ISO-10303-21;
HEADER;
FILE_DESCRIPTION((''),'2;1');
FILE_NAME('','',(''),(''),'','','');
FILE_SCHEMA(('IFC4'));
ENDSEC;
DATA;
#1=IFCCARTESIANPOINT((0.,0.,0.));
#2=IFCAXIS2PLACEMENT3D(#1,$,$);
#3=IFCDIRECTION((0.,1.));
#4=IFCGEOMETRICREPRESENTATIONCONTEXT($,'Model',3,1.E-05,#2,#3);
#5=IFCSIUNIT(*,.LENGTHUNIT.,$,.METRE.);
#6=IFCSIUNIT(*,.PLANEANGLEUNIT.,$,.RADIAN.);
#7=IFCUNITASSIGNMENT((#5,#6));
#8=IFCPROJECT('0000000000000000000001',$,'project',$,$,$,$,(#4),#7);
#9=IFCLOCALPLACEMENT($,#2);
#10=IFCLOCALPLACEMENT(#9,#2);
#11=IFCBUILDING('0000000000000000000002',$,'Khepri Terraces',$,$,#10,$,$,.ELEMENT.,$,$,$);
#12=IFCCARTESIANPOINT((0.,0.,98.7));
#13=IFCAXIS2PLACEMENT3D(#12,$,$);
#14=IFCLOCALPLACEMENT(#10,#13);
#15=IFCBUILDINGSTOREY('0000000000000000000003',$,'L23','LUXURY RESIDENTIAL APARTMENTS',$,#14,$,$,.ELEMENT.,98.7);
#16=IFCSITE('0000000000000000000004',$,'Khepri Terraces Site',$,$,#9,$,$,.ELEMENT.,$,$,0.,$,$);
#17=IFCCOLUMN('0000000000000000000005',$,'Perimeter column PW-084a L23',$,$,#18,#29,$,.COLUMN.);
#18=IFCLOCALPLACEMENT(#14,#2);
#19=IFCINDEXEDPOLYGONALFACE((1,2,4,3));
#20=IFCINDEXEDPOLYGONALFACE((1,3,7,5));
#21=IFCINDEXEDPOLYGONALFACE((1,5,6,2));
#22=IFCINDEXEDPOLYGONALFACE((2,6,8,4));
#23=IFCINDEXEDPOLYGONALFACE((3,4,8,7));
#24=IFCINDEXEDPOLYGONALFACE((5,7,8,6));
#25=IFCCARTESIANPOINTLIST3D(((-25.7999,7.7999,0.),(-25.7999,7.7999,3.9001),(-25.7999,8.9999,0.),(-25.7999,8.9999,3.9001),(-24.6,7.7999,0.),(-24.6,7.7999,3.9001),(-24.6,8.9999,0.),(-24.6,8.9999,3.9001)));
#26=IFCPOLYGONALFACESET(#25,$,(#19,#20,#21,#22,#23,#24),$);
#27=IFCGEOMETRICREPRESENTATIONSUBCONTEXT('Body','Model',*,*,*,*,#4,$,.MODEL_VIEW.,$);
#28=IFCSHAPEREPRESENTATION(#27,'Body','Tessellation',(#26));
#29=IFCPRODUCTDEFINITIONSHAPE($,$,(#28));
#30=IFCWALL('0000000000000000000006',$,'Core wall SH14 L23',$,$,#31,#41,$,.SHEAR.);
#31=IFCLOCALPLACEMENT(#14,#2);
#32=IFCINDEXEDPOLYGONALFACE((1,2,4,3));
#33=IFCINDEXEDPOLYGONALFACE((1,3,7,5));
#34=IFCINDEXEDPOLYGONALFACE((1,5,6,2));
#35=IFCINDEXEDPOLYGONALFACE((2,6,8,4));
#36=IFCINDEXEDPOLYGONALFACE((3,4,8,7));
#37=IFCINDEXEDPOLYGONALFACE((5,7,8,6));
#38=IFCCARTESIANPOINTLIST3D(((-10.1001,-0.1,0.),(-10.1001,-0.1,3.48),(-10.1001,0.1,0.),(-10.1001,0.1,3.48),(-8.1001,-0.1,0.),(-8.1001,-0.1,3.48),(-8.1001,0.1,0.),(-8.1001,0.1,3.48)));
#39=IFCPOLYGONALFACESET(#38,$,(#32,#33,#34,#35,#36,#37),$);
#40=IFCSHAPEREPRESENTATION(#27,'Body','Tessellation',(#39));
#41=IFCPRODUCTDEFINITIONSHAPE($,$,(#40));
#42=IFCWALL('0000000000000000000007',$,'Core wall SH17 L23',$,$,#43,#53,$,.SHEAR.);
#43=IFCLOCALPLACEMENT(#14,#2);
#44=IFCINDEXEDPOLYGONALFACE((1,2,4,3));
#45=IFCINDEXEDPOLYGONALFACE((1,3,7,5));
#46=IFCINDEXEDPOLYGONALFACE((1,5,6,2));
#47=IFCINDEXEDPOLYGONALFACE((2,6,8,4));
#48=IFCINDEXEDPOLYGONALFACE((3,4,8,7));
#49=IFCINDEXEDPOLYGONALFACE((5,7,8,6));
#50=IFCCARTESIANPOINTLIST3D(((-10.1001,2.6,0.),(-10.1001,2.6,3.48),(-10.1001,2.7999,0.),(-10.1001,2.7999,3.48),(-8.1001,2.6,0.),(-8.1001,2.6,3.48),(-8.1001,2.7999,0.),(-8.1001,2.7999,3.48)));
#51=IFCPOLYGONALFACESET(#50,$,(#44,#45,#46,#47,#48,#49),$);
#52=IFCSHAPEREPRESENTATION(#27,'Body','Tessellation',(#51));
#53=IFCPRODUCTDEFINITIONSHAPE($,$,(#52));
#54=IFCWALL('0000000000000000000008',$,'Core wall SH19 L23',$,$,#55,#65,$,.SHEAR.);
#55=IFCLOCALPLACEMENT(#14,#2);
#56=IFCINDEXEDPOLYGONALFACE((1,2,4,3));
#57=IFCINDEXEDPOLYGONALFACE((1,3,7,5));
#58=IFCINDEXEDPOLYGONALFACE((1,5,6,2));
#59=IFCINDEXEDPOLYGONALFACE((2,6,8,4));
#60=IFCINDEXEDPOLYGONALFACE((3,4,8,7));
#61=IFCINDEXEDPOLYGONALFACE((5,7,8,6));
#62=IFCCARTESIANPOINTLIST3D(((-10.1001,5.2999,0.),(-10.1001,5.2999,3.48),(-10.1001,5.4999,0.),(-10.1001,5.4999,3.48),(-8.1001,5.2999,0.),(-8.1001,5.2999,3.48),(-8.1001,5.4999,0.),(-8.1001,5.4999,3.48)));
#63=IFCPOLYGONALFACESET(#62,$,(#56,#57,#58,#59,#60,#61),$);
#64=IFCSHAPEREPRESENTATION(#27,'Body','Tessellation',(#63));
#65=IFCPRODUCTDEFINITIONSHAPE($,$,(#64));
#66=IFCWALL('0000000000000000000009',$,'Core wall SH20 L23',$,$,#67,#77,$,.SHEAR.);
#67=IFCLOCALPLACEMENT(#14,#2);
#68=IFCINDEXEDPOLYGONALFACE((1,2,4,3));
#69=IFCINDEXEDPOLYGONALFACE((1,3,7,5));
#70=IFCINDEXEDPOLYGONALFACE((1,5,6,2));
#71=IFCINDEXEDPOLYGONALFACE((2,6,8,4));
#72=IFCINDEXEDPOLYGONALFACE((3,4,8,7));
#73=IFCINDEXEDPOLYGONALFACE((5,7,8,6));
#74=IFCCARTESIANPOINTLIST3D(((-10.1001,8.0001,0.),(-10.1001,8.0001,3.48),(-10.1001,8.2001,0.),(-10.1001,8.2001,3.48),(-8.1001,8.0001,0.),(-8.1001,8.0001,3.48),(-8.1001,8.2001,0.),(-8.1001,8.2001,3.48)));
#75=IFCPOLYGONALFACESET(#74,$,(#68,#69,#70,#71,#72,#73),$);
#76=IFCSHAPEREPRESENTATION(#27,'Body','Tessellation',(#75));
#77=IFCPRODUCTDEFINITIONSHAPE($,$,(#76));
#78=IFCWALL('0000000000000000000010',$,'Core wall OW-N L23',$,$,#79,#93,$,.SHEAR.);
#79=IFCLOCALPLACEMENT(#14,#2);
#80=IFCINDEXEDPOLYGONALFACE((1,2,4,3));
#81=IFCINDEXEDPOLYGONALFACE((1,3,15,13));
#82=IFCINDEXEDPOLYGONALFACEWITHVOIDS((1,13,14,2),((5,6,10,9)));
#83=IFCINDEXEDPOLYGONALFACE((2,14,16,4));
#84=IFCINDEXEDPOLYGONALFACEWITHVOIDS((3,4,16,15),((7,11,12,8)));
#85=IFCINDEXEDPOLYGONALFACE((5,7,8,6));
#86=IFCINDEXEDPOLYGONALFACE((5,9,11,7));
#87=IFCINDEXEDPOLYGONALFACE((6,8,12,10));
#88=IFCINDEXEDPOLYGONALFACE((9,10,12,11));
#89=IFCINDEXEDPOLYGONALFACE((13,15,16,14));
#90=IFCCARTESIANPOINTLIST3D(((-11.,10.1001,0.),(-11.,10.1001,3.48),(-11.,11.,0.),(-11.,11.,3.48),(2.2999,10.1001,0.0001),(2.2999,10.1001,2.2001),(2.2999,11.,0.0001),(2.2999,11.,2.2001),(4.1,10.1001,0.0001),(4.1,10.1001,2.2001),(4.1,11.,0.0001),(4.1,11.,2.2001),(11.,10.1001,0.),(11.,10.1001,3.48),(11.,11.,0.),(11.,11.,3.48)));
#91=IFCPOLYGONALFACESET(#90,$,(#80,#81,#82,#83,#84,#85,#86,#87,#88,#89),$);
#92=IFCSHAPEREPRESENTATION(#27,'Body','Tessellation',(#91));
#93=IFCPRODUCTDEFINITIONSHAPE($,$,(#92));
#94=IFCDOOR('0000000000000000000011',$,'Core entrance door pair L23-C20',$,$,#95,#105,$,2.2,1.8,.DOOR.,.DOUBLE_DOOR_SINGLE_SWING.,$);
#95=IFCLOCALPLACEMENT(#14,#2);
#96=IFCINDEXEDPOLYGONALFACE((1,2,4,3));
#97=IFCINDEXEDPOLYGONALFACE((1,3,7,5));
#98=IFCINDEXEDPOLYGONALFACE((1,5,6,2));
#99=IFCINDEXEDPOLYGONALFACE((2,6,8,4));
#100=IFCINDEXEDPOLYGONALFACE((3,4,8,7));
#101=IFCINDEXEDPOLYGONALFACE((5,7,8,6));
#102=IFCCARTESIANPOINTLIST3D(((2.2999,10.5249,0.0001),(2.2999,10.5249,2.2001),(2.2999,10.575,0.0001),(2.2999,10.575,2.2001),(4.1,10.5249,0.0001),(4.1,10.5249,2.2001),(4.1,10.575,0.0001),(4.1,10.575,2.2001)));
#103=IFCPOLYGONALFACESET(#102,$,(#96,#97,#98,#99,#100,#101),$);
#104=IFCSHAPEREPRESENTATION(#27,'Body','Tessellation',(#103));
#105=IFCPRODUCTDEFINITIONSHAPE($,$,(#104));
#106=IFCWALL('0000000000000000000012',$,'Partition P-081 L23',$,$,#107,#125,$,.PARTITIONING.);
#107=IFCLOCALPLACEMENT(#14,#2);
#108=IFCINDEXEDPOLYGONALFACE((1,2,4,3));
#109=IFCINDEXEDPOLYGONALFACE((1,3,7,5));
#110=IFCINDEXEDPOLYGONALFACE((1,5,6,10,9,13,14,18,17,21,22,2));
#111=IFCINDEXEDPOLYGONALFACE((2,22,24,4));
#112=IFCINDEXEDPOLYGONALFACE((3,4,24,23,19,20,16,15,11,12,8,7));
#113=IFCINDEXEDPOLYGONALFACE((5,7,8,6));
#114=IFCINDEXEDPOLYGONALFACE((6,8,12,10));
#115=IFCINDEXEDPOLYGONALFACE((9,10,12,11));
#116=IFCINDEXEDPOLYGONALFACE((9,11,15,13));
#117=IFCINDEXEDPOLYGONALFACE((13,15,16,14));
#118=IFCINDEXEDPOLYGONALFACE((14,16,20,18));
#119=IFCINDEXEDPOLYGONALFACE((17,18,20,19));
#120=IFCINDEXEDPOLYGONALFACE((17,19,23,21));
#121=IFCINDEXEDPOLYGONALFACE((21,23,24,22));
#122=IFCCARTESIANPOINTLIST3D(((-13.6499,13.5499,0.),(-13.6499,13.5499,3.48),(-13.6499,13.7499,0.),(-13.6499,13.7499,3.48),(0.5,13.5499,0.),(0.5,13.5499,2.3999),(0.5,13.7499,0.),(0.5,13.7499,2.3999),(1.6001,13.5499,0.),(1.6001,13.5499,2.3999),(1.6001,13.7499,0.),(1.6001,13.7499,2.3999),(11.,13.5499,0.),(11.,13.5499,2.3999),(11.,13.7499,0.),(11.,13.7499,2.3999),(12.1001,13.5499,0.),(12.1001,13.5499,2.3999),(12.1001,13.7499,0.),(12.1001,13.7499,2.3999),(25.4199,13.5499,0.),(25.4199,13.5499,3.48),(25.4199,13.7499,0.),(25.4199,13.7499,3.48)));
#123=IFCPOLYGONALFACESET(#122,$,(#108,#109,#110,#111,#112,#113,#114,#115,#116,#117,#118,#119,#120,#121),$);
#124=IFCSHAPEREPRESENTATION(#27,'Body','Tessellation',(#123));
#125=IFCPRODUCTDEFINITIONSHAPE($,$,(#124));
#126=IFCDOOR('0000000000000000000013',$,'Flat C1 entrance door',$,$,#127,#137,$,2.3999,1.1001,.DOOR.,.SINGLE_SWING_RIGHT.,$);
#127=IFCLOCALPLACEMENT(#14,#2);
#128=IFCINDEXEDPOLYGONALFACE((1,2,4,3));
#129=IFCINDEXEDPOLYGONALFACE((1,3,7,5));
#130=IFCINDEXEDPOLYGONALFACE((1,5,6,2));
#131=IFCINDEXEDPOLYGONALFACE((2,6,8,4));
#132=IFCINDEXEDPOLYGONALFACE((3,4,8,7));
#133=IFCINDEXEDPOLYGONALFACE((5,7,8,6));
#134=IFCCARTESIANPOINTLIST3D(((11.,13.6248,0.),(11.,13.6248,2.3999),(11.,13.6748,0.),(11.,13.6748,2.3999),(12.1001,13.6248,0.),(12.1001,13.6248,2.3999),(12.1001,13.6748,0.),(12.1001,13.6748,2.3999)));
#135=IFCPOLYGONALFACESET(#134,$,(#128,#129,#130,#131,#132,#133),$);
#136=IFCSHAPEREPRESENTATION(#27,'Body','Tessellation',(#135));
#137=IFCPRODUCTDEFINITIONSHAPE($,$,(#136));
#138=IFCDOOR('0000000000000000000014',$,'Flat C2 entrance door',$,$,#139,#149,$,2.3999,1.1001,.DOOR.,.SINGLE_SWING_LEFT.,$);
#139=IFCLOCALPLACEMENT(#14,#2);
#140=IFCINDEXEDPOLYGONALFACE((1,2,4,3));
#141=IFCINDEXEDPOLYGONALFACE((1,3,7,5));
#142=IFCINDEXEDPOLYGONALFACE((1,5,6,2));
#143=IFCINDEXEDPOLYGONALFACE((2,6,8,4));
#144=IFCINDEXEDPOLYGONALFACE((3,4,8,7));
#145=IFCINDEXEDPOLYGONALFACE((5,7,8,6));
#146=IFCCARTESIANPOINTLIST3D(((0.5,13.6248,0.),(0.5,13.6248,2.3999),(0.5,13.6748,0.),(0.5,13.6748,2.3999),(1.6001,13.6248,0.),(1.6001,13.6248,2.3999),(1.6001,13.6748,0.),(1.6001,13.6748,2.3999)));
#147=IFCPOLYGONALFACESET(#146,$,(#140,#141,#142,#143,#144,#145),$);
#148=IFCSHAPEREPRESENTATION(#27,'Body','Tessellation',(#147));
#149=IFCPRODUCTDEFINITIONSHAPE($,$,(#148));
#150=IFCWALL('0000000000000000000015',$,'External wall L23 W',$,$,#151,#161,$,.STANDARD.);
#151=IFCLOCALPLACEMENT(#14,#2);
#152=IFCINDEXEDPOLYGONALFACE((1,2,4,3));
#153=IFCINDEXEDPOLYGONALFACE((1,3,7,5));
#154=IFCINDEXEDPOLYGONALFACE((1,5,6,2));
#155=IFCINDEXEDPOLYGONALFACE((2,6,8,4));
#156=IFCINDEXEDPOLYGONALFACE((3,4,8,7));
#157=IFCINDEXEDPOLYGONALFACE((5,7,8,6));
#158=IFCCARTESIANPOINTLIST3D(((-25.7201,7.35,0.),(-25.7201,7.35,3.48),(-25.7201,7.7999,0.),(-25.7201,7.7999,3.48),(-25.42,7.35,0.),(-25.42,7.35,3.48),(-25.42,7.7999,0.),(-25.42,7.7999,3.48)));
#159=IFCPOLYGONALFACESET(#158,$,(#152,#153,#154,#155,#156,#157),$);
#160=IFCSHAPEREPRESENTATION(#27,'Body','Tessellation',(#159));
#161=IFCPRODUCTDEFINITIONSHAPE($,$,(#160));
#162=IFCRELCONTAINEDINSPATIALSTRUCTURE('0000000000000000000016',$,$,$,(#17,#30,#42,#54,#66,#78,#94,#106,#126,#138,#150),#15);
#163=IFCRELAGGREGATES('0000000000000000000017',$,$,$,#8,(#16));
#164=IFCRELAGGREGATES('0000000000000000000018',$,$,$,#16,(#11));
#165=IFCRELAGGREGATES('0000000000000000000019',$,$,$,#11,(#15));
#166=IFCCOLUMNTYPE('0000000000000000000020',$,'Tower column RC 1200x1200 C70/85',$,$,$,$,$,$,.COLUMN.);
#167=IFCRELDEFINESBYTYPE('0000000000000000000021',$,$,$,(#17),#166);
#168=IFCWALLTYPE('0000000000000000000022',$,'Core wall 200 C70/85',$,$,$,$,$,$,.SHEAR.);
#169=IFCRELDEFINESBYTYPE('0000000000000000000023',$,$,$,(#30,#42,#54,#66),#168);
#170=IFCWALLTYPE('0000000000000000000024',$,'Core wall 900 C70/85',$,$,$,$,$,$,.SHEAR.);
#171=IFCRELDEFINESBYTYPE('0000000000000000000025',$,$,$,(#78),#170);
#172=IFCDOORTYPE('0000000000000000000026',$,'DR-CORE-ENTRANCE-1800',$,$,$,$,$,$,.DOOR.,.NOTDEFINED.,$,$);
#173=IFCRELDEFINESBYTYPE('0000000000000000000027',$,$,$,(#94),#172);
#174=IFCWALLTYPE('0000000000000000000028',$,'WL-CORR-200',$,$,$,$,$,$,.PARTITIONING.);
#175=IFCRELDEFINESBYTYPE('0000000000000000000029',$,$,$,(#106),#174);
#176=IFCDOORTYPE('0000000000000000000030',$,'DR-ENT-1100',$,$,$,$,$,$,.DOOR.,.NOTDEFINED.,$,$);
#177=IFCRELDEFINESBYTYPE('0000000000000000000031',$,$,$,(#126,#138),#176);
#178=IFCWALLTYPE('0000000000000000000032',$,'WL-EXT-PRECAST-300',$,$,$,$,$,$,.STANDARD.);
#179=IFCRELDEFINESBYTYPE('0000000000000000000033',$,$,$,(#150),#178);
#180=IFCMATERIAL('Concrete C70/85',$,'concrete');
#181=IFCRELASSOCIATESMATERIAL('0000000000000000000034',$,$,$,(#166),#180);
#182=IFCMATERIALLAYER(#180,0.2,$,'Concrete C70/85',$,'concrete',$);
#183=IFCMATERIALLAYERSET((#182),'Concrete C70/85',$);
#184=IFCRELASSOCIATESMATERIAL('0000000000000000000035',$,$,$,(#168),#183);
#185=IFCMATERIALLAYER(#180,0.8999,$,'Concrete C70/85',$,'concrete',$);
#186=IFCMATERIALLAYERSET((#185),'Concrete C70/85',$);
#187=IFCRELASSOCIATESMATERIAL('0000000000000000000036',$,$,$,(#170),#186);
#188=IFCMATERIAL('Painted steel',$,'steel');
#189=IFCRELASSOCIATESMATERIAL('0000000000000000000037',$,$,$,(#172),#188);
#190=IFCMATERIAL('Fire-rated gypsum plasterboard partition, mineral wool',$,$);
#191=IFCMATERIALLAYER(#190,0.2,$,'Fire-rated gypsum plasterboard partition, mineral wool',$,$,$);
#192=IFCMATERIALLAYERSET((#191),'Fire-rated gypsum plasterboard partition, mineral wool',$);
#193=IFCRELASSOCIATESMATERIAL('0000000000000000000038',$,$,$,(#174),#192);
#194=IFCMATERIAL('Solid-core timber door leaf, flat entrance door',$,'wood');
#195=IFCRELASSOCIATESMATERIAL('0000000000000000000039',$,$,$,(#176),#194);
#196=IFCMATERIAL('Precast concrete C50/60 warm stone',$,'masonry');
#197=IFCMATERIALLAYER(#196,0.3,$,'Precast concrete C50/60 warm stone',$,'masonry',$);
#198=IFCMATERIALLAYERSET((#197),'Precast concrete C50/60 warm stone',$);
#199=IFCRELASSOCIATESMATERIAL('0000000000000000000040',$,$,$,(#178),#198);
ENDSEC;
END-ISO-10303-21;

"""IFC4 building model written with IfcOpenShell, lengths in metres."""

from ifc_helpers import new_model, si_unit, direction, frame, frame_2d, origin, origin_2d, place, context, subcontext, project, spatial, rectangle, extrude, material, layer, layer_set, material_profile, profile_set, type_object, element, fill, save


model = new_model("IFC4")

# Units and contexts
model_context = context("Model", 3, precision=1e-05, world=origin(), true_north=direction((0.0, 1.0)))
body_context = subcontext(model_context, "Body", "Model", "MODEL_VIEW")
ifc_project = project(units=[si_unit("LENGTHUNIT", "METRE"), si_unit("PLANEANGLEUNIT", "RADIAN")], contexts=[model_context])

# Site, building, storey
site_placement = place(None, origin())
site = spatial("IfcSite", under=ifc_project, at=site_placement, Name="Khepri Terraces Site", CompositionType="ELEMENT", RefElevation=0.0)
building_placement = place(site_placement, origin())
building = spatial("IfcBuilding", under=site, at=building_placement, Name="Khepri Terraces", CompositionType="ELEMENT")
storey_placement = place(building_placement, frame((0.0, 0.0, 98.7)))
storey = spatial("IfcBuildingStorey", under=building, at=storey_placement, Name="L23", Description="LUXURY RESIDENTIAL APARTMENTS", CompositionType="ELEMENT", Elevation=98.7)

# Column
ifc_material_1 = material(Name="Concrete C70/85", Category="concrete")
ifc_material_profile = material_profile(ifc_material_1, rectangle(XDim=1.2, YDim=1.2, at=origin_2d()), Name="Concrete C70/85", Category="concrete")
ifc_profile_set = profile_set([ifc_material_profile], Name="Concrete C70/85")
column_type = type_object("IfcColumnType", Name="Tower column RC 1200x1200 C70/85", PredefinedType="COLUMN", material=ifc_profile_set)
column_placement = place(storey_placement, frame((-25.2, 8.3999, 0.0), z_axis=(0.0, 0.0, 1.0), x_axis=(1.0, 0.0, 0.0)))
element("IfcColumn", 1, at=column_placement, inside=storey, type_object=column_type, Name="Perimeter column PW-084a L23", PredefinedType="COLUMN", context=body_context, shape_type="SweptSolid", body=[
    extrude(rectangle(XDim=1.2, YDim=1.2, at=origin_2d()), origin(), (0.0, 0.0, 1.0), 3.9001),
])

# Walls
ifc_layer_1 = layer(ifc_material_1, 0.2, Name="Concrete C70/85", Category="concrete")
ifc_layer_set_1 = layer_set([ifc_layer_1], Name="Concrete C70/85")
wall_type_1 = type_object("IfcWallType", Name="Core wall 200 C70/85", PredefinedType="SHEAR", material=ifc_layer_set_1)
for number, where, z_axis, x_axis, name in (
    (2, (-10.1001, 0.0, 0.0), (0.0, 0.0, 1.0), (1.0, 0.0, 0.0), "Core wall SH14 L23"),
    (3, (-10.1001, 2.7, 0.0), (0.0, 0.0, 1.0), (1.0, 0.0, 0.0), "Core wall SH17 L23"),
    (4, (-10.1001, 5.3999, 0.0), (0.0, 0.0, 1.0), (1.0, 0.0, 0.0), "Core wall SH19 L23"),
    (5, (-10.1001, 8.1001, 0.0), (0.0, 0.0, 1.0), (1.0, 0.0, 0.0), "Core wall SH20 L23"),
):
    element("IfcWall", number, at=place(storey_placement, frame(where, z_axis=z_axis, x_axis=x_axis)), inside=storey, type_object=wall_type_1, Name=name, PredefinedType="SHEAR", context=body_context, shape_type="SweptSolid", body=[
        extrude(rectangle(XDim=2.0, YDim=0.2, at=frame_2d((1.0, 0.0))), origin(), (0.0, 0.0, 1.0), 3.48),
    ])

# Wall, opening, door
ifc_layer_2 = layer(ifc_material_1, 0.8999, Name="Concrete C70/85", Category="concrete")
ifc_layer_set_2 = layer_set([ifc_layer_2], Name="Concrete C70/85")
wall_type_2 = type_object("IfcWallType", Name="Core wall 900 C70/85", PredefinedType="SHEAR", material=ifc_layer_set_2)
wall_1_placement = place(storey_placement, frame((-11.0, 10.55, 0.0), z_axis=(0.0, 0.0, 1.0), x_axis=(1.0, 0.0, 0.0)))
wall_1 = element("IfcWall", 6, at=wall_1_placement, inside=storey, type_object=wall_type_2, Name="Core wall OW-N L23", PredefinedType="SHEAR", context=body_context, shape_type="SweptSolid", body=[
    extrude(rectangle(XDim=22.0, YDim=0.8999, at=frame_2d((11.0, 0.0))), origin(), (0.0, 0.0, 1.0), 3.48),
])
opening_1_placement = place(wall_1_placement, frame((13.3, 0.0, 0.0)))
opening_1 = element("IfcOpeningElement", 7, at=opening_1_placement, cuts=wall_1, PredefinedType="OPENING", context=body_context, shape_type="SweptSolid", body=[
    extrude(rectangle(XDim=1.8, YDim=2.2, at=frame_2d((0.8999, 1.1001))), frame((0.0, 0.46, 0.0), z_axis=(0.0, -1.0, 0.0), x_axis=(1.0, 0.0, 0.0)), (0.0, 0.0, 1.0), 0.9199),
])
ifc_material_2 = material(Name="Painted steel", Category="steel")
door_type_1 = type_object("IfcDoorType", Name="DR-CORE-ENTRANCE-1800", OperationType="NOTDEFINED", PredefinedType="DOOR", material=ifc_material_2)
door_1_placement = place(opening_1_placement, origin())
door_1 = element("IfcDoor", 8, at=door_1_placement, inside=storey, type_object=door_type_1, Name="Core entrance door pair L23-C20", OperationType="DOUBLE_DOOR_SINGLE_SWING", OverallHeight=2.2, OverallWidth=1.8, PredefinedType="DOOR", context=body_context, shape_type="SweptSolid", body=[
    extrude(rectangle(XDim=1.8, YDim=2.2, at=frame_2d((0.8999, 1.1001))), frame((0.0, 0.0249, 0.0), z_axis=(0.0, -1.0, 0.0), x_axis=(1.0, 0.0, 0.0)), (0.0, 0.0, 1.0), 0.05),
])
fill(opening_1, door_1)

# Wall, openings, doors
ifc_material_3 = material(Name="Fire-rated gypsum plasterboard partition, mineral wool")
ifc_layer_3 = layer(ifc_material_3, 0.2, Name="Fire-rated gypsum plasterboard partition, mineral wool")
ifc_layer_set_3 = layer_set([ifc_layer_3], Name="Fire-rated gypsum plasterboard partition, mineral wool")
wall_type_3 = type_object("IfcWallType", Name="WL-CORR-200", PredefinedType="PARTITIONING", material=ifc_layer_set_3)
wall_2_placement = place(storey_placement, frame((-13.6499, 13.6499, 0.0), z_axis=(0.0, 0.0, 1.0), x_axis=(1.0, 0.0, 0.0)))
wall_2 = element("IfcWall", 9, at=wall_2_placement, inside=storey, type_object=wall_type_3, Name="Partition P-081 L23", PredefinedType="PARTITIONING", context=body_context, shape_type="SweptSolid", body=[
    extrude(rectangle(XDim=39.0698, YDim=0.2, at=frame_2d((19.5349, 0.0))), origin(), (0.0, 0.0, 1.0), 3.48),
])
opening_2_placement = place(wall_2_placement, frame((24.6499, 0.0, 0.0)))
opening_2 = element("IfcOpeningElement", 10, at=opening_2_placement, cuts=wall_2, PredefinedType="OPENING", context=body_context, shape_type="SweptSolid", body=[
    extrude(rectangle(XDim=1.1001, YDim=2.3999, at=frame_2d((0.55, 1.2))), frame((0.0, 0.1099, 0.0), z_axis=(0.0, -1.0, 0.0), x_axis=(1.0, 0.0, 0.0)), (0.0, 0.0, 1.0), 0.22),
])
opening_3_placement = place(wall_2_placement, frame((14.1499, 0.0, 0.0)))
opening_3 = element("IfcOpeningElement", 11, at=opening_3_placement, cuts=wall_2, PredefinedType="OPENING", context=body_context, shape_type="SweptSolid", body=[
    extrude(rectangle(XDim=1.1001, YDim=2.3999, at=frame_2d((0.55, 1.2))), frame((0.0, 0.1099, 0.0), z_axis=(0.0, -1.0, 0.0), x_axis=(1.0, 0.0, 0.0)), (0.0, 0.0, 1.0), 0.22),
])
ifc_material_4 = material(Name="Solid-core timber door leaf, flat entrance door", Category="wood")
door_type_2 = type_object("IfcDoorType", Name="DR-ENT-1100", OperationType="NOTDEFINED", PredefinedType="DOOR", material=ifc_material_4)
door_2_placement = place(opening_2_placement, origin())
door_2 = element("IfcDoor", 12, at=door_2_placement, inside=storey, type_object=door_type_2, Name="Flat C1 entrance door", OperationType="SINGLE_SWING_RIGHT", OverallHeight=2.3999, OverallWidth=1.1001, PredefinedType="DOOR", context=body_context, shape_type="SweptSolid", body=[
    extrude(rectangle(XDim=1.1001, YDim=2.3999, at=frame_2d((0.55, 1.2))), frame((0.0, 0.0249, 0.0), z_axis=(0.0, -1.0, 0.0), x_axis=(1.0, 0.0, 0.0)), (0.0, 0.0, 1.0), 0.05),
])
fill(opening_2, door_2)
door_3_placement = place(opening_3_placement, origin())
door_3 = element("IfcDoor", 13, at=door_3_placement, inside=storey, type_object=door_type_2, Name="Flat C2 entrance door", OperationType="SINGLE_SWING_LEFT", OverallHeight=2.3999, OverallWidth=1.1001, PredefinedType="DOOR", context=body_context, shape_type="SweptSolid", body=[
    extrude(rectangle(XDim=1.1001, YDim=2.3999, at=frame_2d((0.55, 1.2))), frame((0.0, 0.0249, 0.0), z_axis=(0.0, -1.0, 0.0), x_axis=(1.0, 0.0, 0.0)), (0.0, 0.0, 1.0), 0.05),
])
fill(opening_3, door_3)

# Wall
ifc_material_5 = material(Name="Precast concrete C50/60 warm stone", Category="masonry")
ifc_layer_4 = layer(ifc_material_5, 0.3, Name="Precast concrete C50/60 warm stone", Category="masonry")
ifc_layer_set_4 = layer_set([ifc_layer_4], Name="Precast concrete C50/60 warm stone")
wall_type_4 = type_object("IfcWallType", Name="WL-EXT-PRECAST-300", PredefinedType="STANDARD", material=ifc_layer_set_4)
wall_3_placement = place(storey_placement, frame((-25.5701, 7.8, 0.0), z_axis=(0.0, 0.0, 1.0), x_axis=(0.0, -1.0, 0.0)))
element("IfcWall", 14, at=wall_3_placement, inside=storey, type_object=wall_type_4, Name="External wall L23 W", PredefinedType="STANDARD", context=body_context, shape_type="SweptSolid", body=[
    extrude(rectangle(XDim=0.45, YDim=0.3, at=frame_2d((0.2251, 0.0))), origin(), (0.0, 0.0, 1.0), 3.48),
])

save(model, "model.ifc")
